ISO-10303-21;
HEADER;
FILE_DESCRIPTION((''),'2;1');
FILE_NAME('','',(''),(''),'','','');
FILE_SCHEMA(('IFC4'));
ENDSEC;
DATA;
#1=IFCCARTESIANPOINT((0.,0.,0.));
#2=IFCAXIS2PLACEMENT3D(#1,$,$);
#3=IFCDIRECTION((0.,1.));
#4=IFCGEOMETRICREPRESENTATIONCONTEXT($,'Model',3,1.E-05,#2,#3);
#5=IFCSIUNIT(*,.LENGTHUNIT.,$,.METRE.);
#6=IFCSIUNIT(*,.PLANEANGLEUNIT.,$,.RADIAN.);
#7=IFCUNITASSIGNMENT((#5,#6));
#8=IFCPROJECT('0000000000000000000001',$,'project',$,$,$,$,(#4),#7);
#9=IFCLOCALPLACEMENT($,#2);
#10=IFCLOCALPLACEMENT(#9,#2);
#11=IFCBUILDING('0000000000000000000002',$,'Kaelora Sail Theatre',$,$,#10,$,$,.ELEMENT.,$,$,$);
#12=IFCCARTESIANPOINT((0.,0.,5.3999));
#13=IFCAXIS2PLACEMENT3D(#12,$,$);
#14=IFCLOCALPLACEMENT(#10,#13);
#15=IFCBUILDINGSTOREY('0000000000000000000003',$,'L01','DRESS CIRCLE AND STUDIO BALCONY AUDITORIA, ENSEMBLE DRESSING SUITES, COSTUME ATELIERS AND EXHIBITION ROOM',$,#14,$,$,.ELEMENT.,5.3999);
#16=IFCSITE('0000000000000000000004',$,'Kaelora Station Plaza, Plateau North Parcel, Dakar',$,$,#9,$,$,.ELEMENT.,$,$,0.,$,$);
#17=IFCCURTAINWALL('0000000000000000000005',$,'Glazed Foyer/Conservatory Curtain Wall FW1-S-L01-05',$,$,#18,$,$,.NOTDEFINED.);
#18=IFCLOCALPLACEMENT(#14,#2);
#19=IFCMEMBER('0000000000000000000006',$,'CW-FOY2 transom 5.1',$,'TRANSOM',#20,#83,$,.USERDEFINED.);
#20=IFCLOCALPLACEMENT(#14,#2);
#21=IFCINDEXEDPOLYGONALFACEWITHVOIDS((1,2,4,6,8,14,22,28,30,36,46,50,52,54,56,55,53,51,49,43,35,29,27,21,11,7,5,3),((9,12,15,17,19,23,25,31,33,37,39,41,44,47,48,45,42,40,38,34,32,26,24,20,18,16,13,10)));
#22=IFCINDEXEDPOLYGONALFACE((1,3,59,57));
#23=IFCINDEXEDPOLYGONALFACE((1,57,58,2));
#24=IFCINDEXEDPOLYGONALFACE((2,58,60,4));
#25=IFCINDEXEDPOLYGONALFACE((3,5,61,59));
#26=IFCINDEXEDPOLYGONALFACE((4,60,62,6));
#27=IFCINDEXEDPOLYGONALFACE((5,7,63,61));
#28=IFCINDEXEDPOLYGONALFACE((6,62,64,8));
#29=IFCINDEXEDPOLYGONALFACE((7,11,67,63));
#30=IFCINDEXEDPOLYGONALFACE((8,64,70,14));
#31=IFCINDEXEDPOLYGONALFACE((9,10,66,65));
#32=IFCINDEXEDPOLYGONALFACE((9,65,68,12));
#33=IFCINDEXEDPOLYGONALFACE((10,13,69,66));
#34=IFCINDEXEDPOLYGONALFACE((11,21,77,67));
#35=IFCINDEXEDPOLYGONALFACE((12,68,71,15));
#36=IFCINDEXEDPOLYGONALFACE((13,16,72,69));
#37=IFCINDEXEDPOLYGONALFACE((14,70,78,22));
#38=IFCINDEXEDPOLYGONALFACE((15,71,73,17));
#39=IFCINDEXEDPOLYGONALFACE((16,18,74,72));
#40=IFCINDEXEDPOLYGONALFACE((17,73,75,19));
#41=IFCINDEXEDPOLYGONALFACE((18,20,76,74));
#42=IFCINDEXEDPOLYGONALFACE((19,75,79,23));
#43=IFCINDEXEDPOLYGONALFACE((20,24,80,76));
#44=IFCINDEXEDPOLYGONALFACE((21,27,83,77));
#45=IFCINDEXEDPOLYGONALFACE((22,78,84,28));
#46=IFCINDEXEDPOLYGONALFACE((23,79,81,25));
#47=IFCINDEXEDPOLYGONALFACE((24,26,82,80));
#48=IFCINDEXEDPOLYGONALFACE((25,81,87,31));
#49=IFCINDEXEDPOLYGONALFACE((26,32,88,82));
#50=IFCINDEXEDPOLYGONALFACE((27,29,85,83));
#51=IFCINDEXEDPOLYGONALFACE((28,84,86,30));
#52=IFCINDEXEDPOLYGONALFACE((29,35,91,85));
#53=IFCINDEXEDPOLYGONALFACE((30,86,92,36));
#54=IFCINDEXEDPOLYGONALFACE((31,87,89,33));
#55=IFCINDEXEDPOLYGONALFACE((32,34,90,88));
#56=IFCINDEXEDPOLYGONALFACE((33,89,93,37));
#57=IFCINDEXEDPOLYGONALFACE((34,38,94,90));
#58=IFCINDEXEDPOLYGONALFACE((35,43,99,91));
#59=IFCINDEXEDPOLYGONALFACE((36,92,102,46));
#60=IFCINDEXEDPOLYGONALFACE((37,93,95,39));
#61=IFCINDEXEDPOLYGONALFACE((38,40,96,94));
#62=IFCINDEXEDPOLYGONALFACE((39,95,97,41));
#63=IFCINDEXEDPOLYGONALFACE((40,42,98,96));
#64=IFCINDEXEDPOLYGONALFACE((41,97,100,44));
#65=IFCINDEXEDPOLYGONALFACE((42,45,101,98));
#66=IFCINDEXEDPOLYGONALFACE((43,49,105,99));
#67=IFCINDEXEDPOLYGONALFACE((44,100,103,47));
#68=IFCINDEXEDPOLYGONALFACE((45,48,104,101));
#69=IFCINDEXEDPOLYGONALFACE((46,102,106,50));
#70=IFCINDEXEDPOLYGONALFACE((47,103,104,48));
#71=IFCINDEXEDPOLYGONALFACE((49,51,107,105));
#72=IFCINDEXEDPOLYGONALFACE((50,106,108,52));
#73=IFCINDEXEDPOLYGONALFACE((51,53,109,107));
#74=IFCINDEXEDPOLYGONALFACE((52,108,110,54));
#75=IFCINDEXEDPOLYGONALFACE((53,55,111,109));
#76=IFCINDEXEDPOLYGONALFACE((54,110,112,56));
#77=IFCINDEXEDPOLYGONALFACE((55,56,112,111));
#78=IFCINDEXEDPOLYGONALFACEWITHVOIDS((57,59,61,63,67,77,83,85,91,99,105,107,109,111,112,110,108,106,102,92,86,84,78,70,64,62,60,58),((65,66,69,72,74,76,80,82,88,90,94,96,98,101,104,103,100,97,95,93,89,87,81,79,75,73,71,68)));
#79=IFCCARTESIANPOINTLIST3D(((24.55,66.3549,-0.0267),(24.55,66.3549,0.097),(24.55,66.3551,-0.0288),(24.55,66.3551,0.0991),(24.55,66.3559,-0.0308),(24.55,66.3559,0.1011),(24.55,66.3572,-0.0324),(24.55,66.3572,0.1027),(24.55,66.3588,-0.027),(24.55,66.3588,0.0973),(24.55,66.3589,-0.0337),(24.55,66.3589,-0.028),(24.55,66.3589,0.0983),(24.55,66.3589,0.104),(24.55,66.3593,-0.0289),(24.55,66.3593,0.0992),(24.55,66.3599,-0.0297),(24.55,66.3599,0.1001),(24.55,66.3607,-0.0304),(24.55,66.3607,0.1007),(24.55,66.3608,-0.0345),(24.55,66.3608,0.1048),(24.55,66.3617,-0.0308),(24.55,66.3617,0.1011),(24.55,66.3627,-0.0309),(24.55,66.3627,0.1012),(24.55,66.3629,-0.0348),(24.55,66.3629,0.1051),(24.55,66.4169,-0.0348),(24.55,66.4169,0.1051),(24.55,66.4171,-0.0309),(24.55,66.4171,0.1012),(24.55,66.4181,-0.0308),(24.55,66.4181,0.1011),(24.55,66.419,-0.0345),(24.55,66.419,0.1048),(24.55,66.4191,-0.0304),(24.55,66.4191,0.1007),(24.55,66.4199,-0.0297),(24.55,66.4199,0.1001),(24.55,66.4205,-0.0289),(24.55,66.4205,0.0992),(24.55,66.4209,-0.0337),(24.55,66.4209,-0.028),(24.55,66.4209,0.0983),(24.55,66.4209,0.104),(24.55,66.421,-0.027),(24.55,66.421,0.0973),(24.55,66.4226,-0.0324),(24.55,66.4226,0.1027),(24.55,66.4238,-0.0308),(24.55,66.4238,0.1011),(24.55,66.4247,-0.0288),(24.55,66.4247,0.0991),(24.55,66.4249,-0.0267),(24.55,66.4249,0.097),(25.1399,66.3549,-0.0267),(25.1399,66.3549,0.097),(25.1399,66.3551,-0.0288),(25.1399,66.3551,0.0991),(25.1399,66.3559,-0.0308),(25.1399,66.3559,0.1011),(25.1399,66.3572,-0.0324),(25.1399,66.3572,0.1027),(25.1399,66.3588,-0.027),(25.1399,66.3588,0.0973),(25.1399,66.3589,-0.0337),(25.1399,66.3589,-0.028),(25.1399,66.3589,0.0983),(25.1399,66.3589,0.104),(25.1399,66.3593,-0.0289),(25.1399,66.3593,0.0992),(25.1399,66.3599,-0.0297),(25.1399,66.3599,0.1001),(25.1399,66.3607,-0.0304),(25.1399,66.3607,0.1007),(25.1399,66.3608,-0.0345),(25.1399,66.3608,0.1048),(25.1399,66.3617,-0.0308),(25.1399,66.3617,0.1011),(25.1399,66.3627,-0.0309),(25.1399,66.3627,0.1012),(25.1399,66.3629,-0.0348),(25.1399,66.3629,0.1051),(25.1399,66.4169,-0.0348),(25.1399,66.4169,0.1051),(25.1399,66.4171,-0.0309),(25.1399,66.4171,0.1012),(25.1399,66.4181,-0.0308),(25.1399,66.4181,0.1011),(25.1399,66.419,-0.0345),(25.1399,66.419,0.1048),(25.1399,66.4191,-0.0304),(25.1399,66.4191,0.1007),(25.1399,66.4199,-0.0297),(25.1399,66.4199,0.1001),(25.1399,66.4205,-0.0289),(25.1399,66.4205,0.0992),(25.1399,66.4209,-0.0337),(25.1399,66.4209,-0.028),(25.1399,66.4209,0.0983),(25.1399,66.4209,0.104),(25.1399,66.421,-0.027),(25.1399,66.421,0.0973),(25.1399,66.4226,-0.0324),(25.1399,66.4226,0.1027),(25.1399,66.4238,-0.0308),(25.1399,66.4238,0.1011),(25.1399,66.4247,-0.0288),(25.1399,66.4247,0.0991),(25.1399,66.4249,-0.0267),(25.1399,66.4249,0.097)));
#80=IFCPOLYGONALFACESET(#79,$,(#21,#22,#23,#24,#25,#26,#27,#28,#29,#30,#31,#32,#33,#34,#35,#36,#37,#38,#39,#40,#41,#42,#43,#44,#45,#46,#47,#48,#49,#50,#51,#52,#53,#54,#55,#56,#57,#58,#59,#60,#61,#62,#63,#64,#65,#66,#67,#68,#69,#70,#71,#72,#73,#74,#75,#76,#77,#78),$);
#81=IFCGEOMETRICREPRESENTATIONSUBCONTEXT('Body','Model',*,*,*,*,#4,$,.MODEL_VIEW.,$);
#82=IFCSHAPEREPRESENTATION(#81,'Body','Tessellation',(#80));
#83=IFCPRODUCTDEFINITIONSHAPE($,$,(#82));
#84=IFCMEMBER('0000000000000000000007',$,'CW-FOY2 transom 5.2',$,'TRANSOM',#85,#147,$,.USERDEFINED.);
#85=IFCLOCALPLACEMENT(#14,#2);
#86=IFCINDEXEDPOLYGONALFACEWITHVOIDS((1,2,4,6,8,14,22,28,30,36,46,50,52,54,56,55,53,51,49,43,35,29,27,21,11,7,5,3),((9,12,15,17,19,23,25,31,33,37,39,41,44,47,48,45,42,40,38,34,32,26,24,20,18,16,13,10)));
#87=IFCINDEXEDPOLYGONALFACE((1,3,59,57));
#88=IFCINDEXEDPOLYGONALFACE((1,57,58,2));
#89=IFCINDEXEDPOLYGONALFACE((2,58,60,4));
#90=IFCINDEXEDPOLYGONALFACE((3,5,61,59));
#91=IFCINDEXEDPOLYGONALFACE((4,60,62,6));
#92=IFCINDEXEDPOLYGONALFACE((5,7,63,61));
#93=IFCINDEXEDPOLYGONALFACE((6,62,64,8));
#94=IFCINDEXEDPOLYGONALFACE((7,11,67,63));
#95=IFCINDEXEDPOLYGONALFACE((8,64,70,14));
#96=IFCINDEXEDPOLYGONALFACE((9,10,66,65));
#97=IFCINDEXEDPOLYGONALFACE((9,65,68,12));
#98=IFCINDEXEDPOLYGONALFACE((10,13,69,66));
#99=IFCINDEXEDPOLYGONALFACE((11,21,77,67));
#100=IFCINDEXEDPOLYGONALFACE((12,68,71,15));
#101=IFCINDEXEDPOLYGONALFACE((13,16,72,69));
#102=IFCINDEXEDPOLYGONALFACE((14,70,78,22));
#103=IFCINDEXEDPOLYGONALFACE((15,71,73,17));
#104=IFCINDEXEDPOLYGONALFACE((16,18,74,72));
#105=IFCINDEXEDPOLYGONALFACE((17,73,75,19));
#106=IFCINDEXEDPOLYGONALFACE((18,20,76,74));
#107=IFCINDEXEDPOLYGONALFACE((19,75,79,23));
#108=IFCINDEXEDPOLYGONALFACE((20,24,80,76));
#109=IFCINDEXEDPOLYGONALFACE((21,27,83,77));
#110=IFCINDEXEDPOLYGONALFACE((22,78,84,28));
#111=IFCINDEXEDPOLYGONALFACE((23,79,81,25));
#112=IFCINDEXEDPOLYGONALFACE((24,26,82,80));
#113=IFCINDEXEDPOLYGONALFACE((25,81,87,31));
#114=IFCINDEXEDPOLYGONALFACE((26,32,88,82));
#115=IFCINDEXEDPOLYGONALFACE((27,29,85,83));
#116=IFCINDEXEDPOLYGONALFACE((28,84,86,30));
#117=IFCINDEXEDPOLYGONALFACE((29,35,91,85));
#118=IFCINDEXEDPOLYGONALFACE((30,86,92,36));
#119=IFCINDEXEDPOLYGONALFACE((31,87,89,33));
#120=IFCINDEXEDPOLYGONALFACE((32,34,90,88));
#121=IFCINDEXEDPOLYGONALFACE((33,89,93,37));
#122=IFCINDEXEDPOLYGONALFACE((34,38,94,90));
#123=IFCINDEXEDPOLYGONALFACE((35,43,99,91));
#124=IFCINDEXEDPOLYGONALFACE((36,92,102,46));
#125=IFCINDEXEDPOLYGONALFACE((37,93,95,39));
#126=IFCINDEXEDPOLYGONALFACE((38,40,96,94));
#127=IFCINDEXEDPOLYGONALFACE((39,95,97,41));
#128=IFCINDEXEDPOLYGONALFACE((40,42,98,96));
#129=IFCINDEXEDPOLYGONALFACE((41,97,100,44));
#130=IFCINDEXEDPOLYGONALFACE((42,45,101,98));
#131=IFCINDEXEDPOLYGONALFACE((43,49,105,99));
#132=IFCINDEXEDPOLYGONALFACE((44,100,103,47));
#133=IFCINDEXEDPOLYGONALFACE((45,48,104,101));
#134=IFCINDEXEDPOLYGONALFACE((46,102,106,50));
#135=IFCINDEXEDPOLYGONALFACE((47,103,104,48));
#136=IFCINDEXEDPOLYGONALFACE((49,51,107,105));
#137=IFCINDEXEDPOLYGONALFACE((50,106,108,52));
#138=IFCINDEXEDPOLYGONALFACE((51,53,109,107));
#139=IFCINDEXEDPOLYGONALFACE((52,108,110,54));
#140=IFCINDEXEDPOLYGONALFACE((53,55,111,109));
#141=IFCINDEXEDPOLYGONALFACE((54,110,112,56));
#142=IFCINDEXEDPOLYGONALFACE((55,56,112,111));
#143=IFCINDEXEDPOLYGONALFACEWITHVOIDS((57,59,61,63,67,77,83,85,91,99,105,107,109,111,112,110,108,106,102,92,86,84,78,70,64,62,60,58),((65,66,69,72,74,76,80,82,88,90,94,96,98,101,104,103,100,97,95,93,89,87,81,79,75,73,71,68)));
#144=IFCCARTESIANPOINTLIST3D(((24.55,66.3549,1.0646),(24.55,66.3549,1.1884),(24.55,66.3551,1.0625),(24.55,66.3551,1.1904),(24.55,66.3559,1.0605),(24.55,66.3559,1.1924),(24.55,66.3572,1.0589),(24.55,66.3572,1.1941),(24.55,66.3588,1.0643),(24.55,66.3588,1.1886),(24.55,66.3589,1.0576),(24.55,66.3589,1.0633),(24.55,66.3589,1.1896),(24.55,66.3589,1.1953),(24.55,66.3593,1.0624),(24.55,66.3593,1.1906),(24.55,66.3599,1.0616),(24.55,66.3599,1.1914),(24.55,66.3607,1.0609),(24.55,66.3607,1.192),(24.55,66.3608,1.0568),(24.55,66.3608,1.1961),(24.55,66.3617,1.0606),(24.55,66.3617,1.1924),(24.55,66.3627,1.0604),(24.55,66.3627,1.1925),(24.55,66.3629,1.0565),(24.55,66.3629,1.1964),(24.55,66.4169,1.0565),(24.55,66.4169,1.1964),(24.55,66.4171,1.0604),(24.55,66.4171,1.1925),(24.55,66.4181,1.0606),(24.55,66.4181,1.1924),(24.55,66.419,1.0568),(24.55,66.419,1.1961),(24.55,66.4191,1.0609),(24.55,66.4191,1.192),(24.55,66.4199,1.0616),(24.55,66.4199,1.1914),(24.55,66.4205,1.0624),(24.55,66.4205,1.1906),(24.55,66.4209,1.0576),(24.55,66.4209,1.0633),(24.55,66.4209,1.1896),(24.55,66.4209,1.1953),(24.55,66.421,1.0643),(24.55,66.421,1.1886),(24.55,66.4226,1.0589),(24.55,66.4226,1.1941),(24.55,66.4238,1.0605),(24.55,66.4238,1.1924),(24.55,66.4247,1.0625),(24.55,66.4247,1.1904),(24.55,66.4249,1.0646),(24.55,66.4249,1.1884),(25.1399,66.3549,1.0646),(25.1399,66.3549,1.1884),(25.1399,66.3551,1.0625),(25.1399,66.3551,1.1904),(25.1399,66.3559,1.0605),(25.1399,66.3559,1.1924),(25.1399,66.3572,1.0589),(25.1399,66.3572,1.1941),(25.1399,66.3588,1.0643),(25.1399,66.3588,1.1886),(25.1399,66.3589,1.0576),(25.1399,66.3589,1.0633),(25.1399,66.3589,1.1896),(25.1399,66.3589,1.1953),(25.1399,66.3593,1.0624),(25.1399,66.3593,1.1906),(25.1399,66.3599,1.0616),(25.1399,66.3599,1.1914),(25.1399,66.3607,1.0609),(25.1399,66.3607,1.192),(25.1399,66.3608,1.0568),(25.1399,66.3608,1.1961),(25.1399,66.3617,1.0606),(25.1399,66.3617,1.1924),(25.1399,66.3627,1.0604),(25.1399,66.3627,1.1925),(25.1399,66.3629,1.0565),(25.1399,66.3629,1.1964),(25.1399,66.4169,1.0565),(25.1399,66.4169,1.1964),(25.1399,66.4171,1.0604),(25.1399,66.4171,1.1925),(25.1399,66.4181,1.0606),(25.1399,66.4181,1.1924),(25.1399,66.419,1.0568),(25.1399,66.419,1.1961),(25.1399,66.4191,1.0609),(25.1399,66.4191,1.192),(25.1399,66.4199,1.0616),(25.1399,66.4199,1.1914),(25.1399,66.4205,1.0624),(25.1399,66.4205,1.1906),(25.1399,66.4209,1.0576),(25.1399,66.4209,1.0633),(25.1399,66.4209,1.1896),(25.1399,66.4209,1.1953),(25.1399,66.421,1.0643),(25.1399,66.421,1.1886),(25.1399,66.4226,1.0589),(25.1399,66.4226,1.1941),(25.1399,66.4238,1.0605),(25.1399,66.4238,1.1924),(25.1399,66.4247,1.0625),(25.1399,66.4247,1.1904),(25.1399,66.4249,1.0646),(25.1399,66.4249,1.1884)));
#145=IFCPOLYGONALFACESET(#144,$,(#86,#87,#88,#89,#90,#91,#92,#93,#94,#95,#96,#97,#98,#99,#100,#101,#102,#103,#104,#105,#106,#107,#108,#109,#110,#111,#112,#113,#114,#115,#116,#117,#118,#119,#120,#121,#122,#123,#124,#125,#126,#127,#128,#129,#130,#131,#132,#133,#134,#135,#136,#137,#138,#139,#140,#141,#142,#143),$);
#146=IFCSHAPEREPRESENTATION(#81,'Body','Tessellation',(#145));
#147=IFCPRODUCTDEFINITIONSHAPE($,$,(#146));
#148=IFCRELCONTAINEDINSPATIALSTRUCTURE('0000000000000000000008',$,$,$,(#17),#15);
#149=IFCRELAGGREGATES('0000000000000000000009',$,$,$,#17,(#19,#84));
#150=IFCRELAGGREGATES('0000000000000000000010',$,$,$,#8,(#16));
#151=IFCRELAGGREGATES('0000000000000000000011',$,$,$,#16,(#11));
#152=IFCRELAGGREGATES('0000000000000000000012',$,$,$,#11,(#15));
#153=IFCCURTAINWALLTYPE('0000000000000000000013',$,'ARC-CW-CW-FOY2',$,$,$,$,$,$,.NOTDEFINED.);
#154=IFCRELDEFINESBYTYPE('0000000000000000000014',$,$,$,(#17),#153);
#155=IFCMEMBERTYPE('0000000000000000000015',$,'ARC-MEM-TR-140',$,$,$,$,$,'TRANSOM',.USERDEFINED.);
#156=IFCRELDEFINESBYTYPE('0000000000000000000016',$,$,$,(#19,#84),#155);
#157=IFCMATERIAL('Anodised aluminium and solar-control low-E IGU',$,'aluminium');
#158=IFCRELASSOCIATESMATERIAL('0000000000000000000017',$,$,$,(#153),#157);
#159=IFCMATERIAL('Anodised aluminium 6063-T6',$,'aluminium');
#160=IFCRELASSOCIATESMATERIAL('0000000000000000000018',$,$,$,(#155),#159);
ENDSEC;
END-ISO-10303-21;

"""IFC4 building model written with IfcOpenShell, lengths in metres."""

from ifc_helpers import new_model, si_unit, direction, frame, origin, origin_2d, place, context, subcontext, project, spatial, hollow_rectangle, extrude, material, material_profile, profile_set, type_object, element, aggregate, save


model = new_model("IFC4")

# Units and contexts
model_context = context("Model", 3, precision=1e-05, world=origin(), true_north=direction((0.0, 1.0)))
body_context = subcontext(model_context, "Body", "Model", "MODEL_VIEW")
ifc_project = project(units=[si_unit("LENGTHUNIT", "METRE"), si_unit("PLANEANGLEUNIT", "RADIAN")], contexts=[model_context])

# Site, building, storey
site_placement = place(None, origin())
site = spatial("IfcSite", under=ifc_project, at=site_placement, Name="Kaelora Station Plaza, Plateau North Parcel, Dakar", CompositionType="ELEMENT", RefElevation=0.0)
building_placement = place(site_placement, origin())
building = spatial("IfcBuilding", under=site, at=building_placement, Name="Kaelora Sail Theatre", CompositionType="ELEMENT")
storey_placement = place(building_placement, frame((0.0, 0.0, 5.3999)))
storey = spatial("IfcBuildingStorey", under=building, at=storey_placement, Name="L01", Description="DRESS CIRCLE AND STUDIO BALCONY AUDITORIA, ENSEMBLE DRESSING SUITES, COSTUME ATELIERS AND EXHIBITION ROOM", CompositionType="ELEMENT", Elevation=5.3999)

# Curtain wall, members
ifc_material_1 = material(Name="Anodised aluminium and solar-control low-E IGU", Category="aluminium")
curtain_wall_type = type_object("IfcCurtainWallType", Name="ARC-CW-CW-FOY2", PredefinedType="NOTDEFINED", material=ifc_material_1)
curtain_wall_placement = place(storey_placement, origin())
curtain_wall = element("IfcCurtainWall", 1, at=curtain_wall_placement, inside=storey, type_object=curtain_wall_type, Name="Glazed Foyer/Conservatory Curtain Wall FW1-S-L01-05", PredefinedType="NOTDEFINED")
ifc_material_2 = material(Name="Anodised aluminium 6063-T6", Category="aluminium")
ifc_material_profile_1 = material_profile(ifc_material_2, hollow_rectangle(XDim=0.0701, YDim=0.1399, WallThickness=0.0039, InnerFilletRadius=0.0039, OuterFilletRadius=0.0081, at=origin_2d()), Name="ALU-TRAN 70x140x4")
ifc_profile_set_1 = profile_set([ifc_material_profile_1], Name="Anodised aluminium 6063-T6")
member_type_1 = type_object("IfcMemberType", Name="ARC-MEM-TR-140", ElementType="TRANSOM", PredefinedType="USERDEFINED", material=ifc_profile_set_1)
member_1_placement = place(storey_placement, frame((24.55, 66.3899, 0.0352), z_axis=(1.0, 0.0, 0.0), x_axis=(0.0, 1.0, 0.0)))
member_1 = element("IfcMember", 2, at=member_1_placement, type_object=member_type_1, Name="CW-FOY2 transom 5.1", ObjectType="TRANSOM", PredefinedType="USERDEFINED", context=body_context, shape_type="SweptSolid", body=[
    extrude(hollow_rectangle(XDim=0.0701, YDim=0.1399, WallThickness=0.0039, InnerFilletRadius=0.0039, OuterFilletRadius=0.0081, at=origin_2d()), origin(), (0.0, 0.0, 1.0), 0.5898),
])
member_2_placement = place(storey_placement, frame((24.55, 66.3899, 1.1265), z_axis=(1.0, 0.0, 0.0), x_axis=(0.0, 1.0, 0.0)))
member_2 = element("IfcMember", 3, at=member_2_placement, type_object=member_type_1, Name="CW-FOY2 transom 5.2", ObjectType="TRANSOM", PredefinedType="USERDEFINED", context=body_context, shape_type="SweptSolid", body=[
    extrude(hollow_rectangle(XDim=0.0701, YDim=0.1399, WallThickness=0.0039, InnerFilletRadius=0.0039, OuterFilletRadius=0.0081, at=origin_2d()), origin(), (0.0, 0.0, 1.0), 0.5898),
])

aggregate(curtain_wall, [member_1, member_2])

save(model, "model.ifc")
